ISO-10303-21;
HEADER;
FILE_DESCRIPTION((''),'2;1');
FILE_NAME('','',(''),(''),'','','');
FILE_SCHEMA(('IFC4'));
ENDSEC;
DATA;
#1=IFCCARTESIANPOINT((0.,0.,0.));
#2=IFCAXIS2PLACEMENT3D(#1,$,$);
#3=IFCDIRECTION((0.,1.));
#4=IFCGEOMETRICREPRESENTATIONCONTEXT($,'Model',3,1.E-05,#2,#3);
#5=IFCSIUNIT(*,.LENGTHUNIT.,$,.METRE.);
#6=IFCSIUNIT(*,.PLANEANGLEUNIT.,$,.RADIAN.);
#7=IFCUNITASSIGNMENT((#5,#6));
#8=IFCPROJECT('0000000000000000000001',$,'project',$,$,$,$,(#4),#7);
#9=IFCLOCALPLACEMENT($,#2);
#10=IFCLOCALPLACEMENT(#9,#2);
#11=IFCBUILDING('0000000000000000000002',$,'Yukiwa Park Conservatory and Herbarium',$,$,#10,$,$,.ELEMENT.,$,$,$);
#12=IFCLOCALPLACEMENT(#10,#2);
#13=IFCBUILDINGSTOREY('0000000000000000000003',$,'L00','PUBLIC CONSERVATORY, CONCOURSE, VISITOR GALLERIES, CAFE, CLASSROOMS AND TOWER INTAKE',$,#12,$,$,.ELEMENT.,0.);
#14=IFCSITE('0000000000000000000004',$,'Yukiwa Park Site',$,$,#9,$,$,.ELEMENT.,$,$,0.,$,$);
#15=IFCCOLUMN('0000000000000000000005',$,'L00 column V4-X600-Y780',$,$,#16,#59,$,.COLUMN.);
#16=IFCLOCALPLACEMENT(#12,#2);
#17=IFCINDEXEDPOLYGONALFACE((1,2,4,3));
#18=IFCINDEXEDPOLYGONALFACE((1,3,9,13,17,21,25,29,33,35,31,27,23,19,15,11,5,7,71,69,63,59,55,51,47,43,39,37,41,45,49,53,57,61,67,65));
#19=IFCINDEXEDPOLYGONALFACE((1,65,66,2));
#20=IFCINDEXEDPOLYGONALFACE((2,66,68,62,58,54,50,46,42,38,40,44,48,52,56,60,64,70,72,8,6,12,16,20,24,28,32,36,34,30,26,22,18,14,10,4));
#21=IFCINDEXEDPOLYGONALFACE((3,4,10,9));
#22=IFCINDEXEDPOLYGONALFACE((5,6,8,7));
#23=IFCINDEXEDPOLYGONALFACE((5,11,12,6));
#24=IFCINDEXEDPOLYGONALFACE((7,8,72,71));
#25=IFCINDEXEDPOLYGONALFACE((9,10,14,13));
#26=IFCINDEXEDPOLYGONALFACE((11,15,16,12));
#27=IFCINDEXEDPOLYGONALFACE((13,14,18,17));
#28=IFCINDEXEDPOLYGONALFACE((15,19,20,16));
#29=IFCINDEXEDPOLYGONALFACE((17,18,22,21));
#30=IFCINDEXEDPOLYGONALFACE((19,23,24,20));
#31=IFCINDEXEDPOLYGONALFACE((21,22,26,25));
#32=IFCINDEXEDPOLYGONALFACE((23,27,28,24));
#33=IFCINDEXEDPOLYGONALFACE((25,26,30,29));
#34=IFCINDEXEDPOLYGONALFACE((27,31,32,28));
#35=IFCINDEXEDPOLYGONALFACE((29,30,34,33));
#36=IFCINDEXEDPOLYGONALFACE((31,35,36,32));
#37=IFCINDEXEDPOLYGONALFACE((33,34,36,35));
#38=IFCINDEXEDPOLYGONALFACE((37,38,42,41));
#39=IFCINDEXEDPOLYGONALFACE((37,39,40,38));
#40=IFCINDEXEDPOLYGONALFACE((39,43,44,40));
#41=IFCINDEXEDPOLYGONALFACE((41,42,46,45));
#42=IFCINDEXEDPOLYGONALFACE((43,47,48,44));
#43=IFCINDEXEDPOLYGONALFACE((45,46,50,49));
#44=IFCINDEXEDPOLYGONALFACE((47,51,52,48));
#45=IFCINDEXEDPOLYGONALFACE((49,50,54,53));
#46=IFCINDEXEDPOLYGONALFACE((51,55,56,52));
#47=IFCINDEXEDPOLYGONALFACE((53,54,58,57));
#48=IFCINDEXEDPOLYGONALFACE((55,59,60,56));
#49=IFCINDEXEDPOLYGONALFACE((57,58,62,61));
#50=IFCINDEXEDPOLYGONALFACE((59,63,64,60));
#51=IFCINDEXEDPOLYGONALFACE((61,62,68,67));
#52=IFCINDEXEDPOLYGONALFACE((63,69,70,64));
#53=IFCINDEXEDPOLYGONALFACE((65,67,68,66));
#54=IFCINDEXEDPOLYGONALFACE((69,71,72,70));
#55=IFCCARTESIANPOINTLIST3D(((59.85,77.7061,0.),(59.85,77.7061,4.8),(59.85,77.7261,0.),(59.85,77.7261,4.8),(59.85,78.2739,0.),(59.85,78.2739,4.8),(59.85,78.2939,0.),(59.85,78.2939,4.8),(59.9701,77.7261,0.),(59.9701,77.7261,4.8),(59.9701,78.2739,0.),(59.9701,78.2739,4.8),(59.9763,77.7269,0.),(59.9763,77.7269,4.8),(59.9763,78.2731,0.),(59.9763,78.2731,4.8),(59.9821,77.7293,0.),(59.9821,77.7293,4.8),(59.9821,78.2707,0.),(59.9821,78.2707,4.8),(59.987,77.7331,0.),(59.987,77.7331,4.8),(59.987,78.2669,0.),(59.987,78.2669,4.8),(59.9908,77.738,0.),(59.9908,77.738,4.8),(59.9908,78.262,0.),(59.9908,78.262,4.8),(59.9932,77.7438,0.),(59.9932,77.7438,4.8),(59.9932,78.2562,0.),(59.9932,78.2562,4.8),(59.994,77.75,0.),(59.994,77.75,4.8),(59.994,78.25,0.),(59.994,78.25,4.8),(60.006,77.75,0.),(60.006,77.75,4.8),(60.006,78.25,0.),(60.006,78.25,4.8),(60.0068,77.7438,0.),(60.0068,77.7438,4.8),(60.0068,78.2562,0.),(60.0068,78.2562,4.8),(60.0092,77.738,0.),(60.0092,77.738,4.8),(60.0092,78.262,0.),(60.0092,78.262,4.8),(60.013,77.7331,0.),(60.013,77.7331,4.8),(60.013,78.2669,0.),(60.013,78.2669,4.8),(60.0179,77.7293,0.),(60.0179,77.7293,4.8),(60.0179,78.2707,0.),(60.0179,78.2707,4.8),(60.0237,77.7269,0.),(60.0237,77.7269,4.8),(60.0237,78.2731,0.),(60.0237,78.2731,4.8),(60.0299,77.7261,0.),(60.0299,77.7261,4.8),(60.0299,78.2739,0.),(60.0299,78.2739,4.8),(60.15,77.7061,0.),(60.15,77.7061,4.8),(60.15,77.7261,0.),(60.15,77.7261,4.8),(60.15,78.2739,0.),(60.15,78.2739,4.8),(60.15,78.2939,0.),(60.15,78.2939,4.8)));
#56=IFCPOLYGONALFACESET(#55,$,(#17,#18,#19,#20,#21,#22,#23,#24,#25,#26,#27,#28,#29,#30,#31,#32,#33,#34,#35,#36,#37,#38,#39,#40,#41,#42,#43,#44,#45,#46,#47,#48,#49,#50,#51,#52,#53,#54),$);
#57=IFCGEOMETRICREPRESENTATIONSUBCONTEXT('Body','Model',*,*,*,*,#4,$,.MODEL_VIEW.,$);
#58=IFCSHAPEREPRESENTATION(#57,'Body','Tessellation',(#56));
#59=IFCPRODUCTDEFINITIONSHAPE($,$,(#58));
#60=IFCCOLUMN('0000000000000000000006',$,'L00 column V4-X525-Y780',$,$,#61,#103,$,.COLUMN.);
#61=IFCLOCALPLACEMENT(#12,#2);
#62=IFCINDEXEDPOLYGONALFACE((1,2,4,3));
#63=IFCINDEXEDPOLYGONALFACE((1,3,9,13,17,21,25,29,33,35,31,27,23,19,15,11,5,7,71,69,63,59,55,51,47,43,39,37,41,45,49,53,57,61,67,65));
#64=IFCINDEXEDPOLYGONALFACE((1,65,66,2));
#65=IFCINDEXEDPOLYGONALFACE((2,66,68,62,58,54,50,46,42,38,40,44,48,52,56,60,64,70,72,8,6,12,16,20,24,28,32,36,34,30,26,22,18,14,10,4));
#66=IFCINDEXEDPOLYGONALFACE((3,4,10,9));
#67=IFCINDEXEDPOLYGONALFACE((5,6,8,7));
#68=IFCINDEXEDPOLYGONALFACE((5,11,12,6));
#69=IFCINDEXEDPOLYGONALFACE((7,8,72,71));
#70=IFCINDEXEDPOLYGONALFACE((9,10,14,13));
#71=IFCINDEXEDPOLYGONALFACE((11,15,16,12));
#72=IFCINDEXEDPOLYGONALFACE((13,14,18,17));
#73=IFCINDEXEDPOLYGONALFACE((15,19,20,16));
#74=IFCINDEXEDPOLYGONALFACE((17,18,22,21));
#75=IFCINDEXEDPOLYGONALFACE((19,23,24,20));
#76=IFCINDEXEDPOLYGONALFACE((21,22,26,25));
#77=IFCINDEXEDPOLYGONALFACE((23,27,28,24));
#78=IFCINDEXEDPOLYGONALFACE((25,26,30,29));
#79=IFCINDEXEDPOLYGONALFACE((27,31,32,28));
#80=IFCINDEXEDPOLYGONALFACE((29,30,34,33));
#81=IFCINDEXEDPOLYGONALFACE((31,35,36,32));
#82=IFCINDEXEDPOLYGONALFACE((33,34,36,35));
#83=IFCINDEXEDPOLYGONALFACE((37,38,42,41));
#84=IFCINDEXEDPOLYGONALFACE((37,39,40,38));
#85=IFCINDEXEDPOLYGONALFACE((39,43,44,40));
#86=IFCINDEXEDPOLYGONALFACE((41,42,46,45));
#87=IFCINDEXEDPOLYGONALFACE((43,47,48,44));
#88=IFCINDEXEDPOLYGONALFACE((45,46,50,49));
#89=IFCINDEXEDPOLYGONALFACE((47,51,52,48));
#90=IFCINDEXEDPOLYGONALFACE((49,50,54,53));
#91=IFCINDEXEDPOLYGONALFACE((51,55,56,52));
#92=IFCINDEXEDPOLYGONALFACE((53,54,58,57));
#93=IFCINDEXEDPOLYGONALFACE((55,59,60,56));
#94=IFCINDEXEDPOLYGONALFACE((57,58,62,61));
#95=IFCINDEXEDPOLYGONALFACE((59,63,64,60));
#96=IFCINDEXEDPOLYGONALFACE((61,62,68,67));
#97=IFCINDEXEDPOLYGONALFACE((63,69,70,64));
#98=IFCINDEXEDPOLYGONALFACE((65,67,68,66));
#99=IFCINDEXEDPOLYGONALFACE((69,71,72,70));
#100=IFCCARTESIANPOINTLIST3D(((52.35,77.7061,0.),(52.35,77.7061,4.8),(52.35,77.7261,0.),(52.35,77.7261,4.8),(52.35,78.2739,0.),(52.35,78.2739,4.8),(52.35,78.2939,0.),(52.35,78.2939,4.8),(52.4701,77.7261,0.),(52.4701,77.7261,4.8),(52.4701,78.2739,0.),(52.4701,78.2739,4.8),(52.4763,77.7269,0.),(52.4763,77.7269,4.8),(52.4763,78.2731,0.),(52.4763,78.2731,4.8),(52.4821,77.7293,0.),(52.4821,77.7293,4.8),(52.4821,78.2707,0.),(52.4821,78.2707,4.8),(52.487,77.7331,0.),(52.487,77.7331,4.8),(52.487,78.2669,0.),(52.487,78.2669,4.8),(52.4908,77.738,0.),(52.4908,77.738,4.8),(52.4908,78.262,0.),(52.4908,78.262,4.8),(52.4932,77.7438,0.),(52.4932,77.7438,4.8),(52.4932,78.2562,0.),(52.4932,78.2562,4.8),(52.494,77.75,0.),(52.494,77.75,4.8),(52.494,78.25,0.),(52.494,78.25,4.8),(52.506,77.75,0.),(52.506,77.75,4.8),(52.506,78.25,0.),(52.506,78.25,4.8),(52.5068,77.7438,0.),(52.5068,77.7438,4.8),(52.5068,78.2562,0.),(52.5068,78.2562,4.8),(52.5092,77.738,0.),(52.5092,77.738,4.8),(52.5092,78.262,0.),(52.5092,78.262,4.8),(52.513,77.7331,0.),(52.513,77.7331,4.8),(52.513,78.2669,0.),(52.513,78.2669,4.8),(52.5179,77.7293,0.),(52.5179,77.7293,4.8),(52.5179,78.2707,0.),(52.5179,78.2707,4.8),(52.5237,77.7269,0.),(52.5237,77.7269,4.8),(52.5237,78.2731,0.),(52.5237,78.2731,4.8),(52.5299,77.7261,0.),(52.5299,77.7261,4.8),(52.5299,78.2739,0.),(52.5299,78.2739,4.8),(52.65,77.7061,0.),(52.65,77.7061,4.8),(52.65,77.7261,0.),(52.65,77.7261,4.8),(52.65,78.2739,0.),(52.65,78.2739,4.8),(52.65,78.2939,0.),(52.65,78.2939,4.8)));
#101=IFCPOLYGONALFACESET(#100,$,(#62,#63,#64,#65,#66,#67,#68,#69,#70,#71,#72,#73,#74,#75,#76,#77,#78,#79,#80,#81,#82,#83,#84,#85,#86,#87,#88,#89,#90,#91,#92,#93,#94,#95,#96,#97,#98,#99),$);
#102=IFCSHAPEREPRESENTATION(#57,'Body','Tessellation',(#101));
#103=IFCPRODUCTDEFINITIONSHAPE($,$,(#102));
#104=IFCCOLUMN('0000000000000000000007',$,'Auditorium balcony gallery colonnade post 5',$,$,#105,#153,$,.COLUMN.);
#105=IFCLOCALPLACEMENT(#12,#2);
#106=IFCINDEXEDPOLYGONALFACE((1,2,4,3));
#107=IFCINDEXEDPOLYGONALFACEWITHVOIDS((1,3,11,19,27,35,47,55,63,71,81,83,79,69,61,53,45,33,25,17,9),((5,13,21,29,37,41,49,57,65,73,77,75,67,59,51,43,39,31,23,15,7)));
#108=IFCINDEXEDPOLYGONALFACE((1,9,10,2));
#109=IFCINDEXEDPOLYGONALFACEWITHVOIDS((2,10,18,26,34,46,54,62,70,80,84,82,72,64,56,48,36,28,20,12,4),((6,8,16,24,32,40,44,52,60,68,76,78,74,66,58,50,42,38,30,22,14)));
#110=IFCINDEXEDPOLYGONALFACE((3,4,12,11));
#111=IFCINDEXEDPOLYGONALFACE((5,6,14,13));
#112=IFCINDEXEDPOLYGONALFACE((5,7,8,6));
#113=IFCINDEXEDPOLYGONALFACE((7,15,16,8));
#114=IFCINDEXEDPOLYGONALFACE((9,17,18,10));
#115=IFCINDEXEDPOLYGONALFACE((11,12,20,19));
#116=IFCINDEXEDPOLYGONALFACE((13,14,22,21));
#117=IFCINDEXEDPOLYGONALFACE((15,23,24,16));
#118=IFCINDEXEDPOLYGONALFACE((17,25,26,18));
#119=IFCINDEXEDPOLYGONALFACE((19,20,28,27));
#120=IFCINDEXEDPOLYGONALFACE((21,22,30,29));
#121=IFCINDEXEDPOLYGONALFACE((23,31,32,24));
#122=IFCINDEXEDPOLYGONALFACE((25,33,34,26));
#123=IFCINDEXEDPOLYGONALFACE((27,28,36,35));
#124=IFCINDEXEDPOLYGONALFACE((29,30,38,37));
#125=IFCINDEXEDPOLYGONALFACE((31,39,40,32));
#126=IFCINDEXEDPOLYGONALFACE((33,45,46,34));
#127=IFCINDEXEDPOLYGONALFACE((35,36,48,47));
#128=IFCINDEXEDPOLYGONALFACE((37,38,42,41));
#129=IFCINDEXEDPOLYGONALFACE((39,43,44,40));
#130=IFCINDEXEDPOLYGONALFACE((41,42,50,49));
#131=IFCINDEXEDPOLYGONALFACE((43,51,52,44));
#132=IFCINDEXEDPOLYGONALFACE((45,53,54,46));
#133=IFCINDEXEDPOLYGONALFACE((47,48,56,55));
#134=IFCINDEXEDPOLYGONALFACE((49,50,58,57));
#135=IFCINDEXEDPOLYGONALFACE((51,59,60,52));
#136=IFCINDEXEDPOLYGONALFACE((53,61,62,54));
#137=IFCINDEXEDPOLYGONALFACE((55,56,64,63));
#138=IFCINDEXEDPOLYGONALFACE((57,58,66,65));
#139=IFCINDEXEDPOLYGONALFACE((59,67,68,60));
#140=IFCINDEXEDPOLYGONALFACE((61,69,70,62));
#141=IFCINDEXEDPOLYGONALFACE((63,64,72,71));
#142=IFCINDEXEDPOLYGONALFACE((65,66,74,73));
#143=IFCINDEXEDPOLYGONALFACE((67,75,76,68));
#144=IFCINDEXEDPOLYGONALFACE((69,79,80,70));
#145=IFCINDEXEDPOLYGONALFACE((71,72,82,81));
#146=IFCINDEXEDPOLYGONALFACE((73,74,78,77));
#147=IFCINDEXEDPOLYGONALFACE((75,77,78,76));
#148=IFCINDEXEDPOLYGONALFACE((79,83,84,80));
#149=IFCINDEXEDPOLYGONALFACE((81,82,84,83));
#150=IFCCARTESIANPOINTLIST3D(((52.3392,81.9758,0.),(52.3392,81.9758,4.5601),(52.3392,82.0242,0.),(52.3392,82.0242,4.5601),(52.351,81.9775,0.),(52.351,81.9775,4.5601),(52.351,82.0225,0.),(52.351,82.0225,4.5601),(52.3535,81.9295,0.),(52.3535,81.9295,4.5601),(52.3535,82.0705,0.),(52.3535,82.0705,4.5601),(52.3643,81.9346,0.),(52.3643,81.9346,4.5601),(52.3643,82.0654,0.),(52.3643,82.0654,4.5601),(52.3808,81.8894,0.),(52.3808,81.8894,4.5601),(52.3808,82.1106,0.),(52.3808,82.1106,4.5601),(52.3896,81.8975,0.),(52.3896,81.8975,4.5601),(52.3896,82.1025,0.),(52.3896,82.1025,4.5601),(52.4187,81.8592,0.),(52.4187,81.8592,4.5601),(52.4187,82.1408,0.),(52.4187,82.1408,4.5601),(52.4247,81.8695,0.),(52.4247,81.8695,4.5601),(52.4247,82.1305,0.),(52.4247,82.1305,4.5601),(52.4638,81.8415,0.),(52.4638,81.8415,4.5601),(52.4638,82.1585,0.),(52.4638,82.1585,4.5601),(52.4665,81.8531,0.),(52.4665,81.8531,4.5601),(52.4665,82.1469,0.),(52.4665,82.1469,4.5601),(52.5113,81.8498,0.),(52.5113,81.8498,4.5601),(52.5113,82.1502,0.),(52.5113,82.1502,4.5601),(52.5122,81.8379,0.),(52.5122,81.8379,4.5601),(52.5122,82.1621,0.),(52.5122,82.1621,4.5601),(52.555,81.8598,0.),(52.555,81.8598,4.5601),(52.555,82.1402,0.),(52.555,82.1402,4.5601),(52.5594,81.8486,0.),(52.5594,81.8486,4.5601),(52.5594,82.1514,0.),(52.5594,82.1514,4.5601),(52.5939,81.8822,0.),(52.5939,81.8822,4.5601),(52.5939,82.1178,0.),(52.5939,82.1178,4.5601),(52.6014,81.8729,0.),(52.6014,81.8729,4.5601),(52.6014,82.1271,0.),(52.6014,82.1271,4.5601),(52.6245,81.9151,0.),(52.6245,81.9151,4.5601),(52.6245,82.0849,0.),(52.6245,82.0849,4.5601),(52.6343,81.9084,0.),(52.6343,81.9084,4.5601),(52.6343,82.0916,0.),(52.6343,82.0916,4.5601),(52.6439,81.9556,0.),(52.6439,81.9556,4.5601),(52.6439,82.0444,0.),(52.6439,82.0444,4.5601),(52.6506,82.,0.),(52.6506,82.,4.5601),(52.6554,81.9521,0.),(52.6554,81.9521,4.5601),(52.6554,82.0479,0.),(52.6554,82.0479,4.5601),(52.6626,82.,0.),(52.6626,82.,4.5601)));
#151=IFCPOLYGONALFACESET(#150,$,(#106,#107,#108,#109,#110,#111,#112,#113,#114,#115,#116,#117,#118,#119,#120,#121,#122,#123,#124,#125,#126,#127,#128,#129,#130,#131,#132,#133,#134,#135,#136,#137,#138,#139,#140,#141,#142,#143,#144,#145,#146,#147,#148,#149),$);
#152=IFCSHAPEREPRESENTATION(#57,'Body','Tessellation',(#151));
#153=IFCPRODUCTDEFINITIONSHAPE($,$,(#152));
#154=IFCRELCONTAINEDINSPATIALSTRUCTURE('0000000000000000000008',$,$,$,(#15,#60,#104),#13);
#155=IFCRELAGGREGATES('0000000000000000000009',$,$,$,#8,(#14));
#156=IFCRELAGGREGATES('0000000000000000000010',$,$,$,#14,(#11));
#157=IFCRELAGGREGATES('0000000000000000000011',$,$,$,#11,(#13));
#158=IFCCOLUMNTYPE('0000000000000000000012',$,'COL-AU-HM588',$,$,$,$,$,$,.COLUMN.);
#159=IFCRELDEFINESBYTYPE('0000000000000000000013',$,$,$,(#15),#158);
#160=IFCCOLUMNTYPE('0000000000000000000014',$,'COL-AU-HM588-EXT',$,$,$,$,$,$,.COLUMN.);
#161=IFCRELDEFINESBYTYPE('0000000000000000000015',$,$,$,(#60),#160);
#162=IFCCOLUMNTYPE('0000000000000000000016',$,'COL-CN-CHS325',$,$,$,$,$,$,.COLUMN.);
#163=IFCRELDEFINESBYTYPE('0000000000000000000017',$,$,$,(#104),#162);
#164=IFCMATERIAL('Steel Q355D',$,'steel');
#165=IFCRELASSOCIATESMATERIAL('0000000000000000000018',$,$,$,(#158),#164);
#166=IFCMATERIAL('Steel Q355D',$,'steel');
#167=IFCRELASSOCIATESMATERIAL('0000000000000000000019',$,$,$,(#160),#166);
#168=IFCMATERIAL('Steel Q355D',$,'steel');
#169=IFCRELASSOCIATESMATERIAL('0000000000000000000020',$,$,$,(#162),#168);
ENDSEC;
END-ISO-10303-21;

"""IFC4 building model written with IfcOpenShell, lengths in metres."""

from ifc_helpers import new_model, si_unit, direction, frame, origin, origin_2d, place, context, subcontext, project, spatial, hollow_circle, i_section, extrude, material, material_profile, profile_set, type_object, element, save


model = new_model("IFC4")

# Units and contexts
model_context = context("Model", 3, precision=1e-05, world=origin(), true_north=direction((0.0, 1.0)))
body_context = subcontext(model_context, "Body", "Model", "MODEL_VIEW")
ifc_project = project(units=[si_unit("LENGTHUNIT", "METRE"), si_unit("PLANEANGLEUNIT", "RADIAN")], contexts=[model_context])

# Site, building, storey
site_placement = place(None, origin())
site = spatial("IfcSite", under=ifc_project, at=site_placement, Name="Yukiwa Park Site", CompositionType="ELEMENT", RefElevation=0.0)
building_placement = place(site_placement, origin())
building = spatial("IfcBuilding", under=site, at=building_placement, Name="Yukiwa Park Conservatory and Herbarium", CompositionType="ELEMENT")
storey_placement = place(building_placement, origin())
storey = spatial("IfcBuildingStorey", under=building, at=storey_placement, Name="L00", Description="PUBLIC CONSERVATORY, CONCOURSE, VISITOR GALLERIES, CAFE, CLASSROOMS AND TOWER INTAKE", CompositionType="ELEMENT", Elevation=0.0)

# Columns
ifc_material_1 = material(Name="Steel Q355D", Category="steel")
ifc_material_profile_1 = material_profile(ifc_material_1, i_section(OverallWidth=0.3, OverallDepth=0.5879, WebThickness=0.012, FlangeThickness=0.02, FilletRadius=0.0239, at=origin_2d()), Name="HM 588x300x12x20")
ifc_profile_set_1 = profile_set([ifc_material_profile_1], Name="Steel Q355D")
column_type_1 = type_object("IfcColumnType", Name="COL-AU-HM588", PredefinedType="COLUMN", material=ifc_profile_set_1)
column_1_placement = place(storey_placement, frame((60.0, 78.0, 0.0), z_axis=(0.0, 0.0, 1.0), x_axis=(1.0, 0.0, 0.0)))
element("IfcColumn", 1, at=column_1_placement, inside=storey, type_object=column_type_1, Name="L00 column V4-X600-Y780", PredefinedType="COLUMN", context=body_context, shape_type="SweptSolid", body=[
    extrude(i_section(OverallWidth=0.3, OverallDepth=0.5879, WebThickness=0.012, FlangeThickness=0.02, FilletRadius=0.0239, at=origin_2d()), origin(), (0.0, 0.0, 1.0), 4.8),
])
ifc_material_2 = material(Name="Steel Q355D", Category="steel")
ifc_material_profile_2 = material_profile(ifc_material_2, i_section(OverallWidth=0.3, OverallDepth=0.5879, WebThickness=0.012, FlangeThickness=0.02, FilletRadius=0.0239, at=origin_2d()), Name="HM 588x300x12x20")
ifc_profile_set_2 = profile_set([ifc_material_profile_2], Name="Steel Q355D")
column_type_2 = type_object("IfcColumnType", Name="COL-AU-HM588-EXT", PredefinedType="COLUMN", material=ifc_profile_set_2)
column_2_placement = place(storey_placement, frame((52.5, 78.0, 0.0), z_axis=(0.0, 0.0, 1.0), x_axis=(1.0, 0.0, 0.0)))
element("IfcColumn", 2, at=column_2_placement, inside=storey, type_object=column_type_2, Name="L00 column V4-X525-Y780", PredefinedType="COLUMN", context=body_context, shape_type="SweptSolid", body=[
    extrude(i_section(OverallWidth=0.3, OverallDepth=0.5879, WebThickness=0.012, FlangeThickness=0.02, FilletRadius=0.0239, at=origin_2d()), origin(), (0.0, 0.0, 1.0), 4.8),
])
ifc_material_3 = material(Name="Steel Q355D", Category="steel")
ifc_material_profile_3 = material_profile(ifc_material_3, hollow_circle(Radius=0.1626, WallThickness=0.012, at=origin_2d()), Name="CHS 325x12")
ifc_profile_set_3 = profile_set([ifc_material_profile_3], Name="Steel Q355D")
column_type_3 = type_object("IfcColumnType", Name="COL-CN-CHS325", PredefinedType="COLUMN", material=ifc_profile_set_3)
column_3_placement = place(storey_placement, frame((52.5, 82.0, 0.0), z_axis=(0.0, 0.0, 1.0), x_axis=(1.0, 0.0, 0.0)))
element("IfcColumn", 3, at=column_3_placement, inside=storey, type_object=column_type_3, Name="Auditorium balcony gallery colonnade post 5", PredefinedType="COLUMN", context=body_context, shape_type="SweptSolid", body=[
    extrude(hollow_circle(Radius=0.1626, WallThickness=0.012, at=origin_2d()), origin(), (0.0, 0.0, 1.0), 4.5601),
])

save(model, "model.ifc")
